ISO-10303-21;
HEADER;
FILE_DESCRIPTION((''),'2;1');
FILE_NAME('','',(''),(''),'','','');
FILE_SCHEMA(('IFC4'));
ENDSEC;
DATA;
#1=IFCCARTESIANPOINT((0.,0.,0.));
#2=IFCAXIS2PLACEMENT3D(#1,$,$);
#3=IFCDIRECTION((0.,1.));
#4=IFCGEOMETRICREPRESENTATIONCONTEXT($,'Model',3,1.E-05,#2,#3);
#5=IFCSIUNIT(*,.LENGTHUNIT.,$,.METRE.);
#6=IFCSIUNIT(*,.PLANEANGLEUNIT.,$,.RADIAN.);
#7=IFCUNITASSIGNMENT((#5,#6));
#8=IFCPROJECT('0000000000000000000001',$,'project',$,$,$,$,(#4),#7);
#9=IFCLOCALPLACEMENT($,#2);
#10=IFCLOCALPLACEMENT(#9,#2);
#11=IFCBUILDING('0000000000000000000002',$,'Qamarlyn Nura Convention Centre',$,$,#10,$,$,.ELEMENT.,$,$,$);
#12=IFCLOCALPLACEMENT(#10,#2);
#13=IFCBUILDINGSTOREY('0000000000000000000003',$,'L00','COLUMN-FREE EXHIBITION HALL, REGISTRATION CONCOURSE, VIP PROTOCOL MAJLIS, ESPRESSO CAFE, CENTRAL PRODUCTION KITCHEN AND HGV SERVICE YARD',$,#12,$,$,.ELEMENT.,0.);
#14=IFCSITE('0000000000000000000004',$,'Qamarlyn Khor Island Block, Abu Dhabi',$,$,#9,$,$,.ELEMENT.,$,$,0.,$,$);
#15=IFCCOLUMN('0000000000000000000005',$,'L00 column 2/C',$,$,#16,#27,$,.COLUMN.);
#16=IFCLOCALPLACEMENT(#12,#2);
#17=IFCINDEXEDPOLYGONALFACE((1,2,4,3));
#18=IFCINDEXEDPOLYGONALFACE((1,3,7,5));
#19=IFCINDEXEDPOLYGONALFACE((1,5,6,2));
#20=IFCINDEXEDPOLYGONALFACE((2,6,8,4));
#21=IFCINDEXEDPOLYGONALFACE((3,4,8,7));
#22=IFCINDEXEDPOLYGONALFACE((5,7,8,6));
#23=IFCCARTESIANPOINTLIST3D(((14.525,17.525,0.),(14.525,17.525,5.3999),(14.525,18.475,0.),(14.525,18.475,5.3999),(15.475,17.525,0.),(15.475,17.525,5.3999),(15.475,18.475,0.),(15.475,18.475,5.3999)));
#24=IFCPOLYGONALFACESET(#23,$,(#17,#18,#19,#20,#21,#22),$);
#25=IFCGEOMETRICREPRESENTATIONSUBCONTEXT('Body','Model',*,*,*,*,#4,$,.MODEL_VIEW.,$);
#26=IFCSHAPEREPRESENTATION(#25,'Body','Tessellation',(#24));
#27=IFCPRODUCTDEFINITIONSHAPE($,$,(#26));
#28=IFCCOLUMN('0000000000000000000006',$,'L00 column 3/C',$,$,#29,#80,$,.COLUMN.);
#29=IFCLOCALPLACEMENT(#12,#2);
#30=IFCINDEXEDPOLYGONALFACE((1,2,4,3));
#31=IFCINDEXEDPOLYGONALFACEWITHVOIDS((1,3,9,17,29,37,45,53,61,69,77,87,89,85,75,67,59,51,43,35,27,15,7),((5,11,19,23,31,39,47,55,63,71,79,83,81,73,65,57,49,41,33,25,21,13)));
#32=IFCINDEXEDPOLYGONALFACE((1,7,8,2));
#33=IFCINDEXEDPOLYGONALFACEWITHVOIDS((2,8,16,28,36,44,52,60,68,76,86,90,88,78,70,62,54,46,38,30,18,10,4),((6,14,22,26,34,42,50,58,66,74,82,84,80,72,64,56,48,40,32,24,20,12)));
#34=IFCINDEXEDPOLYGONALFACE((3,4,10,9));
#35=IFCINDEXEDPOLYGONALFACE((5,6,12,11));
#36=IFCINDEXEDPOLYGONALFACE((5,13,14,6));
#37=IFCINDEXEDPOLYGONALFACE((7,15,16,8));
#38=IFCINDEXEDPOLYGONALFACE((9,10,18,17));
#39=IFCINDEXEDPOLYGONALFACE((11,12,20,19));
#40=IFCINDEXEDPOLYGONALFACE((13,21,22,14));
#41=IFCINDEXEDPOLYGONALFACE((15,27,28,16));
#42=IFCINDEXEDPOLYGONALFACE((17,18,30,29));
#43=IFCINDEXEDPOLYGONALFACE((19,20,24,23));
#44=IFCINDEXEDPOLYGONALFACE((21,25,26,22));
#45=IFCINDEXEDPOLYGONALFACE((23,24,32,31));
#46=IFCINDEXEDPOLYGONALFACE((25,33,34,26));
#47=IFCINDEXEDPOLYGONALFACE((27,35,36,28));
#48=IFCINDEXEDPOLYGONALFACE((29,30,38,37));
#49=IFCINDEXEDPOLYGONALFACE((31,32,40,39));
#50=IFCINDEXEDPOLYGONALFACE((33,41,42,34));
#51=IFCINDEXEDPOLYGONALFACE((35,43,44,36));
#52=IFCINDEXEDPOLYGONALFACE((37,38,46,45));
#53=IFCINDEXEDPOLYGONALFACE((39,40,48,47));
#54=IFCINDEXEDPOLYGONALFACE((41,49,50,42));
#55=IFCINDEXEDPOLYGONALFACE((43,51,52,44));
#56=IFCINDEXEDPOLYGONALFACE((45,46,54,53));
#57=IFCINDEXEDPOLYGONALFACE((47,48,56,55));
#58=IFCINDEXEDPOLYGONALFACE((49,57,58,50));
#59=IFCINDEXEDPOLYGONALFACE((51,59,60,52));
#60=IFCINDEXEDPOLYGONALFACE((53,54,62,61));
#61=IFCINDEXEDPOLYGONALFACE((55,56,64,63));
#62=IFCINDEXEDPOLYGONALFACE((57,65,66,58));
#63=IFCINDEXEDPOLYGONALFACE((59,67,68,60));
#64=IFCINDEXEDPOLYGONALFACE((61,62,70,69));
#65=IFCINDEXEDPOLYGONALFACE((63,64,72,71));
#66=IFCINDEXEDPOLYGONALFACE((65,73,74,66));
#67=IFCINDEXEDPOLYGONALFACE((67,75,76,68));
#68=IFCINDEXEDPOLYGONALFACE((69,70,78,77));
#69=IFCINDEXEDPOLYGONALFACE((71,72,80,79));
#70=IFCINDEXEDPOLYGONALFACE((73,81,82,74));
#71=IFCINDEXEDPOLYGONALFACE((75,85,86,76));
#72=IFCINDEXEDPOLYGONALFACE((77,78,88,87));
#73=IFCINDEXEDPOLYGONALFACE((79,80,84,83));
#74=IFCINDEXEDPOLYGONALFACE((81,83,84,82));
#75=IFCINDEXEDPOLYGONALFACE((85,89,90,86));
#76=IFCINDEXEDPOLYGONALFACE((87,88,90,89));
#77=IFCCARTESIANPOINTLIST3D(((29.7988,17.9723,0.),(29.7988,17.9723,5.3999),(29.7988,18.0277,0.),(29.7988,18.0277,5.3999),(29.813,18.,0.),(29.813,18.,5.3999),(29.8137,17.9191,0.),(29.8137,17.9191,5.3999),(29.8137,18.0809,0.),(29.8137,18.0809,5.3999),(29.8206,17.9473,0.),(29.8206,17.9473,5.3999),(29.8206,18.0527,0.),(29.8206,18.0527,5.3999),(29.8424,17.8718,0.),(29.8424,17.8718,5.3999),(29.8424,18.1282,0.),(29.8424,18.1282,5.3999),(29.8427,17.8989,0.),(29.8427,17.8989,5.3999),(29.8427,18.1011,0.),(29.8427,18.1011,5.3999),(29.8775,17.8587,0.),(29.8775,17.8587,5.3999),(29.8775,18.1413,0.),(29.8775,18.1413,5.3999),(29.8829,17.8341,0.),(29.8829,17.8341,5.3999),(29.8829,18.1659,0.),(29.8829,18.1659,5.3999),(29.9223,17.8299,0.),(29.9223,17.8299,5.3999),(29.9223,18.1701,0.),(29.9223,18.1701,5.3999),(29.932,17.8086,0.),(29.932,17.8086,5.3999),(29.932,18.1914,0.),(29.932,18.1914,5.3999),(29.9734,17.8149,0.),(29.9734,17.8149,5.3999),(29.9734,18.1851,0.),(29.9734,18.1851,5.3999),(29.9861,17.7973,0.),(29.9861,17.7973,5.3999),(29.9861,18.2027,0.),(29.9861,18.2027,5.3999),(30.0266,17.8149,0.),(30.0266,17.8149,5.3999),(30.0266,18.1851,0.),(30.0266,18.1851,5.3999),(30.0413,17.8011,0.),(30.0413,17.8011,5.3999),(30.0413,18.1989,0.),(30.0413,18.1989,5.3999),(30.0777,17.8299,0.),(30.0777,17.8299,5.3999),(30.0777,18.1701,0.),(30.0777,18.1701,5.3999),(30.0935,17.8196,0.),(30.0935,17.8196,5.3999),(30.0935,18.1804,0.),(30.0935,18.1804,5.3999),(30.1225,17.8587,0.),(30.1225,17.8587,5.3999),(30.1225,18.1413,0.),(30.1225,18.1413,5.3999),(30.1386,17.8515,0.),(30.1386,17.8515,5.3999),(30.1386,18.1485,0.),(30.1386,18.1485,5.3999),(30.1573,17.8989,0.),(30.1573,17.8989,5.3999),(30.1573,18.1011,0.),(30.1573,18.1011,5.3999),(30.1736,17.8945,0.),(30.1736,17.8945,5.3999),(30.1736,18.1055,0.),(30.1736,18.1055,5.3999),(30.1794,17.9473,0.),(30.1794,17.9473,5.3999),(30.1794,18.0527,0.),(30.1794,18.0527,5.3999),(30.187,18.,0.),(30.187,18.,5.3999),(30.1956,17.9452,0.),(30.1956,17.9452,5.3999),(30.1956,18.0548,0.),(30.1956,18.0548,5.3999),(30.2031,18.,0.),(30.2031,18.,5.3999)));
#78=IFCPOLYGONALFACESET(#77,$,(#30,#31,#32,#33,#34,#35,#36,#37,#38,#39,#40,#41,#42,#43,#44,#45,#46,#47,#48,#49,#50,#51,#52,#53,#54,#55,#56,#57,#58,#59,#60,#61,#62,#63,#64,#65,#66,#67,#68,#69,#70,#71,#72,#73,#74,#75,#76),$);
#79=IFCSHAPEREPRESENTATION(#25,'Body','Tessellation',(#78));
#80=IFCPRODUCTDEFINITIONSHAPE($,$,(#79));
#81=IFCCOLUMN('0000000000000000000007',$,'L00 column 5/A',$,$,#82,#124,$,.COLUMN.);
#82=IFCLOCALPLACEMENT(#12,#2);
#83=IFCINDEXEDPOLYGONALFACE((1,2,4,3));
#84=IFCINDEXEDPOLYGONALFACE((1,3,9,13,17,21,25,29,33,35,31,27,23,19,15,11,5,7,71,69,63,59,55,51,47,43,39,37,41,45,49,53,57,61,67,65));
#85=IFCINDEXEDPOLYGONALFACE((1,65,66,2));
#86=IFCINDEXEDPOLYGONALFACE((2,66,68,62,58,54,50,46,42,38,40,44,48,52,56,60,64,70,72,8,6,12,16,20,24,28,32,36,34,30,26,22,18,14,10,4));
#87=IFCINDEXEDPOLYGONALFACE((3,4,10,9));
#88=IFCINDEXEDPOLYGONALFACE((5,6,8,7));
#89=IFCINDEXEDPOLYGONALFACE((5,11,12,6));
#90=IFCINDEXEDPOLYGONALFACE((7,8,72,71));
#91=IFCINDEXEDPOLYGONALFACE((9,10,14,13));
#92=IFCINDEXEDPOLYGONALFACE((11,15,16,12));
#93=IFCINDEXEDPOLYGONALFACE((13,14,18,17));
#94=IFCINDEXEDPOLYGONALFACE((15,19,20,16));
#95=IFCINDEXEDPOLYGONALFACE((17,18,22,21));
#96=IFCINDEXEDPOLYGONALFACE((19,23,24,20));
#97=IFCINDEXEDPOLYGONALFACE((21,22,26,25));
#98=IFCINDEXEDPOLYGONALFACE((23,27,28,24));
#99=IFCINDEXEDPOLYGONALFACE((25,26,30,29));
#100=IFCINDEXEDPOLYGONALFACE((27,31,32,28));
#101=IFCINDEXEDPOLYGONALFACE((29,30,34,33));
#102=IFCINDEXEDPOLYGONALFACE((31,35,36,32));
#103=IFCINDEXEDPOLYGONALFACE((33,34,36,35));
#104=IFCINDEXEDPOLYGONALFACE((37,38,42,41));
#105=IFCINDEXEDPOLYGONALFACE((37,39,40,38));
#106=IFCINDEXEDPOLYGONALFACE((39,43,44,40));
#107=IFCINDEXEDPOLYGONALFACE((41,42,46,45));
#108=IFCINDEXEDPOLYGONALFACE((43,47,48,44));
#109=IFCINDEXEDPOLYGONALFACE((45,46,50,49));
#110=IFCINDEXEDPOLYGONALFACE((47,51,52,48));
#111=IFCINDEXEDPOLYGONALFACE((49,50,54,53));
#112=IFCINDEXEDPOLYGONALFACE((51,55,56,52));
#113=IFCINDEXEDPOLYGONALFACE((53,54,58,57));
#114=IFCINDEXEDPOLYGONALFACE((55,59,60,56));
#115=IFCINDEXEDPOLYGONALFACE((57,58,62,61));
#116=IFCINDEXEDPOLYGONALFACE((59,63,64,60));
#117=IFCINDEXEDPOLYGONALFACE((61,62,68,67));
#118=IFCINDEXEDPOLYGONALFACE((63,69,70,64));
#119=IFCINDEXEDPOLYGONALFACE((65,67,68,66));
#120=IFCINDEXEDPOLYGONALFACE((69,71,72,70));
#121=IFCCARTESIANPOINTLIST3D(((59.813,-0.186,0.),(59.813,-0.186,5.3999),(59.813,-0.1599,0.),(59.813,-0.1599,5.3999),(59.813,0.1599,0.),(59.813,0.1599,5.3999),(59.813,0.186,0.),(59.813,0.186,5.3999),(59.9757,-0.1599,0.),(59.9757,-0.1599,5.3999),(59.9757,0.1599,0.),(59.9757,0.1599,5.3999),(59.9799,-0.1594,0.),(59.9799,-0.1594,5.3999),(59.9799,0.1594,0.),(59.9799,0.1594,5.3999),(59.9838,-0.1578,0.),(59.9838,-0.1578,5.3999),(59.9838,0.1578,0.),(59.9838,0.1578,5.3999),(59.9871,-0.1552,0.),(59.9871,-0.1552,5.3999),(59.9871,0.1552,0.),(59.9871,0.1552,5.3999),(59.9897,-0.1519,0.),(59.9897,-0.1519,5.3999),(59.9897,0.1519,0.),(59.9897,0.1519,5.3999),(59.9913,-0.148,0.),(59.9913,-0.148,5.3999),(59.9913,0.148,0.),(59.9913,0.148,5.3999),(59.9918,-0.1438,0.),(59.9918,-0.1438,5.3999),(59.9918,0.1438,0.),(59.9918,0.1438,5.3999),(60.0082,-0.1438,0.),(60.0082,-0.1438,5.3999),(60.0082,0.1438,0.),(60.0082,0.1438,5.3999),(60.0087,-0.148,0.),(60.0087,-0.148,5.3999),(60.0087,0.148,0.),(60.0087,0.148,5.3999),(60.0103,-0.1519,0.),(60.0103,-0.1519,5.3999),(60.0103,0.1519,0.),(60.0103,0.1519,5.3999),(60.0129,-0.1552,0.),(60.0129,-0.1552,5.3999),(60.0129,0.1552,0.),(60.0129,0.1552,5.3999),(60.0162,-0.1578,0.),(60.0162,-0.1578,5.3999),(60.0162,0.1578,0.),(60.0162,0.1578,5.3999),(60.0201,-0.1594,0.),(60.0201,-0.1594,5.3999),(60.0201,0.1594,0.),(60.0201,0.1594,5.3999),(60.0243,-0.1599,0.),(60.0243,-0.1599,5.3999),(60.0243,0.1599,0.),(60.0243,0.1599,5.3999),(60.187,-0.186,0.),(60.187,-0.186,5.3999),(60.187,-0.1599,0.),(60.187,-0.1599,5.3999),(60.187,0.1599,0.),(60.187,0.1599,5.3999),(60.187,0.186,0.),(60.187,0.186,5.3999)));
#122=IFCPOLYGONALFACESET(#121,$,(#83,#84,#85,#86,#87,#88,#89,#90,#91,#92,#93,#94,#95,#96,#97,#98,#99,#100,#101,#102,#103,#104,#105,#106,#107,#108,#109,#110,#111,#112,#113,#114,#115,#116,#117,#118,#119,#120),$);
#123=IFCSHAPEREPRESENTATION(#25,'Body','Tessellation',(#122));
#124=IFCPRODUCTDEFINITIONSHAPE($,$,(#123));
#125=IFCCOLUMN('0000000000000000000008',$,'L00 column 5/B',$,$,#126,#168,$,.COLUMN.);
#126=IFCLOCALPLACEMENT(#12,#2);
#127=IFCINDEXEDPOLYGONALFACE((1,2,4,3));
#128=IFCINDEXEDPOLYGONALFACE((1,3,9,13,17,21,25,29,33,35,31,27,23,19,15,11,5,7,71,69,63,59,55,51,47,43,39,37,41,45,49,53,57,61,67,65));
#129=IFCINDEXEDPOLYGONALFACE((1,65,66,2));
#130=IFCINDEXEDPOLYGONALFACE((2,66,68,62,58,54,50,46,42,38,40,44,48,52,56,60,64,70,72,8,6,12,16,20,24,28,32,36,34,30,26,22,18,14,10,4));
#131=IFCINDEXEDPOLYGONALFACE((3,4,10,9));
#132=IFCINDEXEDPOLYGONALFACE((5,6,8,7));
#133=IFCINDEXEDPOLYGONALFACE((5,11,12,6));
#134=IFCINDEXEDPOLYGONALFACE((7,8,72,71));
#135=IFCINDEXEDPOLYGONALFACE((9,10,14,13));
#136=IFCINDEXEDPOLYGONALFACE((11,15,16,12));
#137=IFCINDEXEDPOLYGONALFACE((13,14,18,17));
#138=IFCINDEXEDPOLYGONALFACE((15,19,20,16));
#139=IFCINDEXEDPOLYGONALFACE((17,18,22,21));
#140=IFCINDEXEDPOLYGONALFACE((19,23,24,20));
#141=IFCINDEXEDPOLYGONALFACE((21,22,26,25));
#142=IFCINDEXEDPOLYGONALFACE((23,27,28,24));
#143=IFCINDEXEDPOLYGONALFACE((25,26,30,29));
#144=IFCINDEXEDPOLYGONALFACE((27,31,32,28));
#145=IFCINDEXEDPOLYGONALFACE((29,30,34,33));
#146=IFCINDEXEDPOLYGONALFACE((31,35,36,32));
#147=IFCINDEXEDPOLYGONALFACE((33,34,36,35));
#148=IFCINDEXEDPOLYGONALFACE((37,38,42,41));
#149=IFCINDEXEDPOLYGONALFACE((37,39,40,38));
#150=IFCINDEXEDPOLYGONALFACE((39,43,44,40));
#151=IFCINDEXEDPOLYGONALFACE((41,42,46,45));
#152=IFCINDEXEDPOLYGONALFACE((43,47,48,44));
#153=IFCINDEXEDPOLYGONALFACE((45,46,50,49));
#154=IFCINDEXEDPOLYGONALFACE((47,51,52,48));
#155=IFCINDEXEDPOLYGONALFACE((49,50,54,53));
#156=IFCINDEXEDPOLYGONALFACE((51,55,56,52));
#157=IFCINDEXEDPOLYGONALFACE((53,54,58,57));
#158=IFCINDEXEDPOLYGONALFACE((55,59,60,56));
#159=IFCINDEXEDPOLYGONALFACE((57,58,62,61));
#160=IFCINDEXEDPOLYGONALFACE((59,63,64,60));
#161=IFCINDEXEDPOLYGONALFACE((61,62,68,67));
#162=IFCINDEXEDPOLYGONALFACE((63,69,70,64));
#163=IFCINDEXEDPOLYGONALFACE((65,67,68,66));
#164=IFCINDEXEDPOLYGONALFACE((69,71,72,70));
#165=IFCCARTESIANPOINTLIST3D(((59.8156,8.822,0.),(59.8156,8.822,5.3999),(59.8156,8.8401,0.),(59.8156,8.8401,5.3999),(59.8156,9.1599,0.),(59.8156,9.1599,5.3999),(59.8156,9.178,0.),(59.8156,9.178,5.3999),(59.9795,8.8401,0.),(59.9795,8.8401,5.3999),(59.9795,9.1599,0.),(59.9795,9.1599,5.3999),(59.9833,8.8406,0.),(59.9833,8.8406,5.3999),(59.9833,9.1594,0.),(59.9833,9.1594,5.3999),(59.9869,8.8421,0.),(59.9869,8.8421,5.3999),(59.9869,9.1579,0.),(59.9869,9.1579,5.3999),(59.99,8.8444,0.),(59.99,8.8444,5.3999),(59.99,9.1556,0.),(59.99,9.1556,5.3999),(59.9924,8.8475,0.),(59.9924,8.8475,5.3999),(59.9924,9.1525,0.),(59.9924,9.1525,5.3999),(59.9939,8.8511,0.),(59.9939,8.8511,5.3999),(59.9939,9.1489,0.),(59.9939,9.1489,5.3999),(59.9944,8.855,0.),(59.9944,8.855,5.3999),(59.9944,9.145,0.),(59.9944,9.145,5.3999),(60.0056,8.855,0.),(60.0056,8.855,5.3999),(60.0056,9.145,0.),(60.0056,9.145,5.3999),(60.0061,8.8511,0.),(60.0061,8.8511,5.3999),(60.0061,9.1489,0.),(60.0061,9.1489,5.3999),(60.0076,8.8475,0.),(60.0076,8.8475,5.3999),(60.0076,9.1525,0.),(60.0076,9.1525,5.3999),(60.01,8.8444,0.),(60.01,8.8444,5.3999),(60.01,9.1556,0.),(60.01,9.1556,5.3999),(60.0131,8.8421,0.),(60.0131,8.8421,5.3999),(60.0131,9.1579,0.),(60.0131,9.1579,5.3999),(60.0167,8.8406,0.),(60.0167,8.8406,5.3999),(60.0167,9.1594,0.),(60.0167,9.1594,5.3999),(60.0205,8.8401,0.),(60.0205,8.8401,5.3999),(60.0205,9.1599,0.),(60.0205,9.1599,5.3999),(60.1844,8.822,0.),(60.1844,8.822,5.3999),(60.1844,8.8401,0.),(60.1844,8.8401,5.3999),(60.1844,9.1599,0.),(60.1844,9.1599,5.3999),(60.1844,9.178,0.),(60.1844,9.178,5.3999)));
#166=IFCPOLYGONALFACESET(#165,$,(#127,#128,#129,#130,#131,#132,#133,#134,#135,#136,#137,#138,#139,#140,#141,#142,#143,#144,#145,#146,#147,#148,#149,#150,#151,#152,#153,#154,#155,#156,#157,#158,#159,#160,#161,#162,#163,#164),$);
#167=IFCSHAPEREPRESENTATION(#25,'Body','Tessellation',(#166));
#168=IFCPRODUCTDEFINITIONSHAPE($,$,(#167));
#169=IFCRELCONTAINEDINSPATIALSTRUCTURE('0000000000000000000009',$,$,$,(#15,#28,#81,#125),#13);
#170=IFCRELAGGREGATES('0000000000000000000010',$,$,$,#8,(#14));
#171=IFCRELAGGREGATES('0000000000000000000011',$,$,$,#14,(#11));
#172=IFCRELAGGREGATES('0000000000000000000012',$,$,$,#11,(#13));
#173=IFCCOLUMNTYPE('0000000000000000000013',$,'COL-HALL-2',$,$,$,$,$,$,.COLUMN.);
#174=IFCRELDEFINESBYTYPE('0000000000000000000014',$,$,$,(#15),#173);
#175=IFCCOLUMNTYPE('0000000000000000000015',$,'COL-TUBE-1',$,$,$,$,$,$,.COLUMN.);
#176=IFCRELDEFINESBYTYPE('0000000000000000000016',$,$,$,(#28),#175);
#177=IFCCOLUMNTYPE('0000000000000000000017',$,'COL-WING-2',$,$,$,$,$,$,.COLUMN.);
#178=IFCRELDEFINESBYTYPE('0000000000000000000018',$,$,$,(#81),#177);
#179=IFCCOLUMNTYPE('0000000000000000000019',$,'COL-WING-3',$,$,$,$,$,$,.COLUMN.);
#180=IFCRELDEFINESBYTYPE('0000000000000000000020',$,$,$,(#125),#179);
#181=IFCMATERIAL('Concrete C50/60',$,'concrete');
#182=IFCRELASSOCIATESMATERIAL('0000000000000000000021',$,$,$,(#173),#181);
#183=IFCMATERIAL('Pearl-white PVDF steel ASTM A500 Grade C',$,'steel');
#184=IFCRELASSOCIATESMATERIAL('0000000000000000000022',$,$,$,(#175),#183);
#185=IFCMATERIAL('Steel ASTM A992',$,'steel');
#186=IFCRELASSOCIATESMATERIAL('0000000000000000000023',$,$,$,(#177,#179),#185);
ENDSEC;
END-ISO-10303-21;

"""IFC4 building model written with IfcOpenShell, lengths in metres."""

from ifc_helpers import new_model, si_unit, direction, frame, origin, origin_2d, place, context, subcontext, project, spatial, rectangle, hollow_circle, i_section, extrude, material, material_profile, profile_set, type_object, element, save


model = new_model("IFC4")

# Units and contexts
model_context = context("Model", 3, precision=1e-05, world=origin(), true_north=direction((0.0, 1.0)))
body_context = subcontext(model_context, "Body", "Model", "MODEL_VIEW")
ifc_project = project(units=[si_unit("LENGTHUNIT", "METRE"), si_unit("PLANEANGLEUNIT", "RADIAN")], contexts=[model_context])

# Site, building, storey
site_placement = place(None, origin())
site = spatial("IfcSite", under=ifc_project, at=site_placement, Name="Qamarlyn Khor Island Block, Abu Dhabi", CompositionType="ELEMENT", RefElevation=0.0)
building_placement = place(site_placement, origin())
building = spatial("IfcBuilding", under=site, at=building_placement, Name="Qamarlyn Nura Convention Centre", CompositionType="ELEMENT")
storey_placement = place(building_placement, origin())
storey = spatial("IfcBuildingStorey", under=building, at=storey_placement, Name="L00", Description="COLUMN-FREE EXHIBITION HALL, REGISTRATION CONCOURSE, VIP PROTOCOL MAJLIS, ESPRESSO CAFE, CENTRAL PRODUCTION KITCHEN AND HGV SERVICE YARD", CompositionType="ELEMENT", Elevation=0.0)

# Columns
ifc_material_1 = material(Name="Concrete C50/60", Category="concrete")
ifc_material_profile_1 = material_profile(ifc_material_1, rectangle(XDim=0.95, YDim=0.95, at=origin_2d()), Name="RC 950x950")
ifc_profile_set_1 = profile_set([ifc_material_profile_1], Name="Concrete C50/60")
column_type_1 = type_object("IfcColumnType", Name="COL-HALL-2", PredefinedType="COLUMN", material=ifc_profile_set_1)
column_1_placement = place(storey_placement, frame((15.0, 18.0, 0.0), z_axis=(0.0, 0.0, 1.0), x_axis=(1.0, 0.0, 0.0)))
element("IfcColumn", 1, at=column_1_placement, inside=storey, type_object=column_type_1, Name="L00 column 2/C", PredefinedType="COLUMN", context=body_context, shape_type="SweptSolid", body=[
    extrude(rectangle(XDim=0.95, YDim=0.95, at=origin_2d()), origin(), (0.0, 0.0, 1.0), 5.3999),
])
ifc_material_2 = material(Name="Pearl-white PVDF steel ASTM A500 Grade C", Category="steel")
ifc_material_profile_2 = material_profile(ifc_material_2, hollow_circle(Radius=0.2031, WallThickness=0.0161, at=origin_2d()), Name="CHS406.4X16")
ifc_profile_set_2 = profile_set([ifc_material_profile_2], Name="Pearl-white PVDF steel ASTM A500 Grade C")
column_type_2 = type_object("IfcColumnType", Name="COL-TUBE-1", PredefinedType="COLUMN", material=ifc_profile_set_2)
column_2_placement = place(storey_placement, frame((30.0, 18.0, 0.0), z_axis=(0.0, 0.0, 1.0), x_axis=(1.0, 0.0, 0.0)))
element("IfcColumn", 2, at=column_2_placement, inside=storey, type_object=column_type_2, Name="L00 column 3/C", PredefinedType="COLUMN", context=body_context, shape_type="SweptSolid", body=[
    extrude(hollow_circle(Radius=0.2031, WallThickness=0.0161, at=origin_2d()), origin(), (0.0, 0.0, 1.0), 5.3999),
])
ifc_material_3 = material(Name="Steel ASTM A992", Category="steel")
ifc_material_profile_3 = material_profile(ifc_material_3, i_section(OverallWidth=0.374, OverallDepth=0.3721, WebThickness=0.0164, FlangeThickness=0.0261, FilletRadius=0.0161, at=origin_2d()), Name="W360X196")
ifc_profile_set_3 = profile_set([ifc_material_profile_3], Name="Steel ASTM A992")
column_type_3 = type_object("IfcColumnType", Name="COL-WING-2", PredefinedType="COLUMN", material=ifc_profile_set_3)
column_3_placement = place(storey_placement, frame((60.0, 0.0, 0.0), z_axis=(0.0, 0.0, 1.0), x_axis=(1.0, 0.0, 0.0)))
element("IfcColumn", 3, at=column_3_placement, inside=storey, type_object=column_type_3, Name="L00 column 5/A", PredefinedType="COLUMN", context=body_context, shape_type="SweptSolid", body=[
    extrude(i_section(OverallWidth=0.374, OverallDepth=0.3721, WebThickness=0.0164, FlangeThickness=0.0261, FilletRadius=0.0161, at=origin_2d()), origin(), (0.0, 0.0, 1.0), 5.3999),
])
ifc_material_profile_4 = material_profile(ifc_material_3, i_section(OverallWidth=0.3689, OverallDepth=0.356, WebThickness=0.0112, FlangeThickness=0.0181, FilletRadius=0.0149, at=origin_2d()), Name="W360X134")
ifc_profile_set_4 = profile_set([ifc_material_profile_4], Name="Steel ASTM A992")
column_type_4 = type_object("IfcColumnType", Name="COL-WING-3", PredefinedType="COLUMN", material=ifc_profile_set_4)
column_4_placement = place(storey_placement, frame((60.0, 9.0, 0.0), z_axis=(0.0, 0.0, 1.0), x_axis=(1.0, 0.0, 0.0)))
element("IfcColumn", 4, at=column_4_placement, inside=storey, type_object=column_type_4, Name="L00 column 5/B", PredefinedType="COLUMN", context=body_context, shape_type="SweptSolid", body=[
    extrude(i_section(OverallWidth=0.3689, OverallDepth=0.356, WebThickness=0.0112, FlangeThickness=0.0181, FilletRadius=0.0149, at=origin_2d()), origin(), (0.0, 0.0, 1.0), 5.3999),
])

save(model, "model.ifc")
